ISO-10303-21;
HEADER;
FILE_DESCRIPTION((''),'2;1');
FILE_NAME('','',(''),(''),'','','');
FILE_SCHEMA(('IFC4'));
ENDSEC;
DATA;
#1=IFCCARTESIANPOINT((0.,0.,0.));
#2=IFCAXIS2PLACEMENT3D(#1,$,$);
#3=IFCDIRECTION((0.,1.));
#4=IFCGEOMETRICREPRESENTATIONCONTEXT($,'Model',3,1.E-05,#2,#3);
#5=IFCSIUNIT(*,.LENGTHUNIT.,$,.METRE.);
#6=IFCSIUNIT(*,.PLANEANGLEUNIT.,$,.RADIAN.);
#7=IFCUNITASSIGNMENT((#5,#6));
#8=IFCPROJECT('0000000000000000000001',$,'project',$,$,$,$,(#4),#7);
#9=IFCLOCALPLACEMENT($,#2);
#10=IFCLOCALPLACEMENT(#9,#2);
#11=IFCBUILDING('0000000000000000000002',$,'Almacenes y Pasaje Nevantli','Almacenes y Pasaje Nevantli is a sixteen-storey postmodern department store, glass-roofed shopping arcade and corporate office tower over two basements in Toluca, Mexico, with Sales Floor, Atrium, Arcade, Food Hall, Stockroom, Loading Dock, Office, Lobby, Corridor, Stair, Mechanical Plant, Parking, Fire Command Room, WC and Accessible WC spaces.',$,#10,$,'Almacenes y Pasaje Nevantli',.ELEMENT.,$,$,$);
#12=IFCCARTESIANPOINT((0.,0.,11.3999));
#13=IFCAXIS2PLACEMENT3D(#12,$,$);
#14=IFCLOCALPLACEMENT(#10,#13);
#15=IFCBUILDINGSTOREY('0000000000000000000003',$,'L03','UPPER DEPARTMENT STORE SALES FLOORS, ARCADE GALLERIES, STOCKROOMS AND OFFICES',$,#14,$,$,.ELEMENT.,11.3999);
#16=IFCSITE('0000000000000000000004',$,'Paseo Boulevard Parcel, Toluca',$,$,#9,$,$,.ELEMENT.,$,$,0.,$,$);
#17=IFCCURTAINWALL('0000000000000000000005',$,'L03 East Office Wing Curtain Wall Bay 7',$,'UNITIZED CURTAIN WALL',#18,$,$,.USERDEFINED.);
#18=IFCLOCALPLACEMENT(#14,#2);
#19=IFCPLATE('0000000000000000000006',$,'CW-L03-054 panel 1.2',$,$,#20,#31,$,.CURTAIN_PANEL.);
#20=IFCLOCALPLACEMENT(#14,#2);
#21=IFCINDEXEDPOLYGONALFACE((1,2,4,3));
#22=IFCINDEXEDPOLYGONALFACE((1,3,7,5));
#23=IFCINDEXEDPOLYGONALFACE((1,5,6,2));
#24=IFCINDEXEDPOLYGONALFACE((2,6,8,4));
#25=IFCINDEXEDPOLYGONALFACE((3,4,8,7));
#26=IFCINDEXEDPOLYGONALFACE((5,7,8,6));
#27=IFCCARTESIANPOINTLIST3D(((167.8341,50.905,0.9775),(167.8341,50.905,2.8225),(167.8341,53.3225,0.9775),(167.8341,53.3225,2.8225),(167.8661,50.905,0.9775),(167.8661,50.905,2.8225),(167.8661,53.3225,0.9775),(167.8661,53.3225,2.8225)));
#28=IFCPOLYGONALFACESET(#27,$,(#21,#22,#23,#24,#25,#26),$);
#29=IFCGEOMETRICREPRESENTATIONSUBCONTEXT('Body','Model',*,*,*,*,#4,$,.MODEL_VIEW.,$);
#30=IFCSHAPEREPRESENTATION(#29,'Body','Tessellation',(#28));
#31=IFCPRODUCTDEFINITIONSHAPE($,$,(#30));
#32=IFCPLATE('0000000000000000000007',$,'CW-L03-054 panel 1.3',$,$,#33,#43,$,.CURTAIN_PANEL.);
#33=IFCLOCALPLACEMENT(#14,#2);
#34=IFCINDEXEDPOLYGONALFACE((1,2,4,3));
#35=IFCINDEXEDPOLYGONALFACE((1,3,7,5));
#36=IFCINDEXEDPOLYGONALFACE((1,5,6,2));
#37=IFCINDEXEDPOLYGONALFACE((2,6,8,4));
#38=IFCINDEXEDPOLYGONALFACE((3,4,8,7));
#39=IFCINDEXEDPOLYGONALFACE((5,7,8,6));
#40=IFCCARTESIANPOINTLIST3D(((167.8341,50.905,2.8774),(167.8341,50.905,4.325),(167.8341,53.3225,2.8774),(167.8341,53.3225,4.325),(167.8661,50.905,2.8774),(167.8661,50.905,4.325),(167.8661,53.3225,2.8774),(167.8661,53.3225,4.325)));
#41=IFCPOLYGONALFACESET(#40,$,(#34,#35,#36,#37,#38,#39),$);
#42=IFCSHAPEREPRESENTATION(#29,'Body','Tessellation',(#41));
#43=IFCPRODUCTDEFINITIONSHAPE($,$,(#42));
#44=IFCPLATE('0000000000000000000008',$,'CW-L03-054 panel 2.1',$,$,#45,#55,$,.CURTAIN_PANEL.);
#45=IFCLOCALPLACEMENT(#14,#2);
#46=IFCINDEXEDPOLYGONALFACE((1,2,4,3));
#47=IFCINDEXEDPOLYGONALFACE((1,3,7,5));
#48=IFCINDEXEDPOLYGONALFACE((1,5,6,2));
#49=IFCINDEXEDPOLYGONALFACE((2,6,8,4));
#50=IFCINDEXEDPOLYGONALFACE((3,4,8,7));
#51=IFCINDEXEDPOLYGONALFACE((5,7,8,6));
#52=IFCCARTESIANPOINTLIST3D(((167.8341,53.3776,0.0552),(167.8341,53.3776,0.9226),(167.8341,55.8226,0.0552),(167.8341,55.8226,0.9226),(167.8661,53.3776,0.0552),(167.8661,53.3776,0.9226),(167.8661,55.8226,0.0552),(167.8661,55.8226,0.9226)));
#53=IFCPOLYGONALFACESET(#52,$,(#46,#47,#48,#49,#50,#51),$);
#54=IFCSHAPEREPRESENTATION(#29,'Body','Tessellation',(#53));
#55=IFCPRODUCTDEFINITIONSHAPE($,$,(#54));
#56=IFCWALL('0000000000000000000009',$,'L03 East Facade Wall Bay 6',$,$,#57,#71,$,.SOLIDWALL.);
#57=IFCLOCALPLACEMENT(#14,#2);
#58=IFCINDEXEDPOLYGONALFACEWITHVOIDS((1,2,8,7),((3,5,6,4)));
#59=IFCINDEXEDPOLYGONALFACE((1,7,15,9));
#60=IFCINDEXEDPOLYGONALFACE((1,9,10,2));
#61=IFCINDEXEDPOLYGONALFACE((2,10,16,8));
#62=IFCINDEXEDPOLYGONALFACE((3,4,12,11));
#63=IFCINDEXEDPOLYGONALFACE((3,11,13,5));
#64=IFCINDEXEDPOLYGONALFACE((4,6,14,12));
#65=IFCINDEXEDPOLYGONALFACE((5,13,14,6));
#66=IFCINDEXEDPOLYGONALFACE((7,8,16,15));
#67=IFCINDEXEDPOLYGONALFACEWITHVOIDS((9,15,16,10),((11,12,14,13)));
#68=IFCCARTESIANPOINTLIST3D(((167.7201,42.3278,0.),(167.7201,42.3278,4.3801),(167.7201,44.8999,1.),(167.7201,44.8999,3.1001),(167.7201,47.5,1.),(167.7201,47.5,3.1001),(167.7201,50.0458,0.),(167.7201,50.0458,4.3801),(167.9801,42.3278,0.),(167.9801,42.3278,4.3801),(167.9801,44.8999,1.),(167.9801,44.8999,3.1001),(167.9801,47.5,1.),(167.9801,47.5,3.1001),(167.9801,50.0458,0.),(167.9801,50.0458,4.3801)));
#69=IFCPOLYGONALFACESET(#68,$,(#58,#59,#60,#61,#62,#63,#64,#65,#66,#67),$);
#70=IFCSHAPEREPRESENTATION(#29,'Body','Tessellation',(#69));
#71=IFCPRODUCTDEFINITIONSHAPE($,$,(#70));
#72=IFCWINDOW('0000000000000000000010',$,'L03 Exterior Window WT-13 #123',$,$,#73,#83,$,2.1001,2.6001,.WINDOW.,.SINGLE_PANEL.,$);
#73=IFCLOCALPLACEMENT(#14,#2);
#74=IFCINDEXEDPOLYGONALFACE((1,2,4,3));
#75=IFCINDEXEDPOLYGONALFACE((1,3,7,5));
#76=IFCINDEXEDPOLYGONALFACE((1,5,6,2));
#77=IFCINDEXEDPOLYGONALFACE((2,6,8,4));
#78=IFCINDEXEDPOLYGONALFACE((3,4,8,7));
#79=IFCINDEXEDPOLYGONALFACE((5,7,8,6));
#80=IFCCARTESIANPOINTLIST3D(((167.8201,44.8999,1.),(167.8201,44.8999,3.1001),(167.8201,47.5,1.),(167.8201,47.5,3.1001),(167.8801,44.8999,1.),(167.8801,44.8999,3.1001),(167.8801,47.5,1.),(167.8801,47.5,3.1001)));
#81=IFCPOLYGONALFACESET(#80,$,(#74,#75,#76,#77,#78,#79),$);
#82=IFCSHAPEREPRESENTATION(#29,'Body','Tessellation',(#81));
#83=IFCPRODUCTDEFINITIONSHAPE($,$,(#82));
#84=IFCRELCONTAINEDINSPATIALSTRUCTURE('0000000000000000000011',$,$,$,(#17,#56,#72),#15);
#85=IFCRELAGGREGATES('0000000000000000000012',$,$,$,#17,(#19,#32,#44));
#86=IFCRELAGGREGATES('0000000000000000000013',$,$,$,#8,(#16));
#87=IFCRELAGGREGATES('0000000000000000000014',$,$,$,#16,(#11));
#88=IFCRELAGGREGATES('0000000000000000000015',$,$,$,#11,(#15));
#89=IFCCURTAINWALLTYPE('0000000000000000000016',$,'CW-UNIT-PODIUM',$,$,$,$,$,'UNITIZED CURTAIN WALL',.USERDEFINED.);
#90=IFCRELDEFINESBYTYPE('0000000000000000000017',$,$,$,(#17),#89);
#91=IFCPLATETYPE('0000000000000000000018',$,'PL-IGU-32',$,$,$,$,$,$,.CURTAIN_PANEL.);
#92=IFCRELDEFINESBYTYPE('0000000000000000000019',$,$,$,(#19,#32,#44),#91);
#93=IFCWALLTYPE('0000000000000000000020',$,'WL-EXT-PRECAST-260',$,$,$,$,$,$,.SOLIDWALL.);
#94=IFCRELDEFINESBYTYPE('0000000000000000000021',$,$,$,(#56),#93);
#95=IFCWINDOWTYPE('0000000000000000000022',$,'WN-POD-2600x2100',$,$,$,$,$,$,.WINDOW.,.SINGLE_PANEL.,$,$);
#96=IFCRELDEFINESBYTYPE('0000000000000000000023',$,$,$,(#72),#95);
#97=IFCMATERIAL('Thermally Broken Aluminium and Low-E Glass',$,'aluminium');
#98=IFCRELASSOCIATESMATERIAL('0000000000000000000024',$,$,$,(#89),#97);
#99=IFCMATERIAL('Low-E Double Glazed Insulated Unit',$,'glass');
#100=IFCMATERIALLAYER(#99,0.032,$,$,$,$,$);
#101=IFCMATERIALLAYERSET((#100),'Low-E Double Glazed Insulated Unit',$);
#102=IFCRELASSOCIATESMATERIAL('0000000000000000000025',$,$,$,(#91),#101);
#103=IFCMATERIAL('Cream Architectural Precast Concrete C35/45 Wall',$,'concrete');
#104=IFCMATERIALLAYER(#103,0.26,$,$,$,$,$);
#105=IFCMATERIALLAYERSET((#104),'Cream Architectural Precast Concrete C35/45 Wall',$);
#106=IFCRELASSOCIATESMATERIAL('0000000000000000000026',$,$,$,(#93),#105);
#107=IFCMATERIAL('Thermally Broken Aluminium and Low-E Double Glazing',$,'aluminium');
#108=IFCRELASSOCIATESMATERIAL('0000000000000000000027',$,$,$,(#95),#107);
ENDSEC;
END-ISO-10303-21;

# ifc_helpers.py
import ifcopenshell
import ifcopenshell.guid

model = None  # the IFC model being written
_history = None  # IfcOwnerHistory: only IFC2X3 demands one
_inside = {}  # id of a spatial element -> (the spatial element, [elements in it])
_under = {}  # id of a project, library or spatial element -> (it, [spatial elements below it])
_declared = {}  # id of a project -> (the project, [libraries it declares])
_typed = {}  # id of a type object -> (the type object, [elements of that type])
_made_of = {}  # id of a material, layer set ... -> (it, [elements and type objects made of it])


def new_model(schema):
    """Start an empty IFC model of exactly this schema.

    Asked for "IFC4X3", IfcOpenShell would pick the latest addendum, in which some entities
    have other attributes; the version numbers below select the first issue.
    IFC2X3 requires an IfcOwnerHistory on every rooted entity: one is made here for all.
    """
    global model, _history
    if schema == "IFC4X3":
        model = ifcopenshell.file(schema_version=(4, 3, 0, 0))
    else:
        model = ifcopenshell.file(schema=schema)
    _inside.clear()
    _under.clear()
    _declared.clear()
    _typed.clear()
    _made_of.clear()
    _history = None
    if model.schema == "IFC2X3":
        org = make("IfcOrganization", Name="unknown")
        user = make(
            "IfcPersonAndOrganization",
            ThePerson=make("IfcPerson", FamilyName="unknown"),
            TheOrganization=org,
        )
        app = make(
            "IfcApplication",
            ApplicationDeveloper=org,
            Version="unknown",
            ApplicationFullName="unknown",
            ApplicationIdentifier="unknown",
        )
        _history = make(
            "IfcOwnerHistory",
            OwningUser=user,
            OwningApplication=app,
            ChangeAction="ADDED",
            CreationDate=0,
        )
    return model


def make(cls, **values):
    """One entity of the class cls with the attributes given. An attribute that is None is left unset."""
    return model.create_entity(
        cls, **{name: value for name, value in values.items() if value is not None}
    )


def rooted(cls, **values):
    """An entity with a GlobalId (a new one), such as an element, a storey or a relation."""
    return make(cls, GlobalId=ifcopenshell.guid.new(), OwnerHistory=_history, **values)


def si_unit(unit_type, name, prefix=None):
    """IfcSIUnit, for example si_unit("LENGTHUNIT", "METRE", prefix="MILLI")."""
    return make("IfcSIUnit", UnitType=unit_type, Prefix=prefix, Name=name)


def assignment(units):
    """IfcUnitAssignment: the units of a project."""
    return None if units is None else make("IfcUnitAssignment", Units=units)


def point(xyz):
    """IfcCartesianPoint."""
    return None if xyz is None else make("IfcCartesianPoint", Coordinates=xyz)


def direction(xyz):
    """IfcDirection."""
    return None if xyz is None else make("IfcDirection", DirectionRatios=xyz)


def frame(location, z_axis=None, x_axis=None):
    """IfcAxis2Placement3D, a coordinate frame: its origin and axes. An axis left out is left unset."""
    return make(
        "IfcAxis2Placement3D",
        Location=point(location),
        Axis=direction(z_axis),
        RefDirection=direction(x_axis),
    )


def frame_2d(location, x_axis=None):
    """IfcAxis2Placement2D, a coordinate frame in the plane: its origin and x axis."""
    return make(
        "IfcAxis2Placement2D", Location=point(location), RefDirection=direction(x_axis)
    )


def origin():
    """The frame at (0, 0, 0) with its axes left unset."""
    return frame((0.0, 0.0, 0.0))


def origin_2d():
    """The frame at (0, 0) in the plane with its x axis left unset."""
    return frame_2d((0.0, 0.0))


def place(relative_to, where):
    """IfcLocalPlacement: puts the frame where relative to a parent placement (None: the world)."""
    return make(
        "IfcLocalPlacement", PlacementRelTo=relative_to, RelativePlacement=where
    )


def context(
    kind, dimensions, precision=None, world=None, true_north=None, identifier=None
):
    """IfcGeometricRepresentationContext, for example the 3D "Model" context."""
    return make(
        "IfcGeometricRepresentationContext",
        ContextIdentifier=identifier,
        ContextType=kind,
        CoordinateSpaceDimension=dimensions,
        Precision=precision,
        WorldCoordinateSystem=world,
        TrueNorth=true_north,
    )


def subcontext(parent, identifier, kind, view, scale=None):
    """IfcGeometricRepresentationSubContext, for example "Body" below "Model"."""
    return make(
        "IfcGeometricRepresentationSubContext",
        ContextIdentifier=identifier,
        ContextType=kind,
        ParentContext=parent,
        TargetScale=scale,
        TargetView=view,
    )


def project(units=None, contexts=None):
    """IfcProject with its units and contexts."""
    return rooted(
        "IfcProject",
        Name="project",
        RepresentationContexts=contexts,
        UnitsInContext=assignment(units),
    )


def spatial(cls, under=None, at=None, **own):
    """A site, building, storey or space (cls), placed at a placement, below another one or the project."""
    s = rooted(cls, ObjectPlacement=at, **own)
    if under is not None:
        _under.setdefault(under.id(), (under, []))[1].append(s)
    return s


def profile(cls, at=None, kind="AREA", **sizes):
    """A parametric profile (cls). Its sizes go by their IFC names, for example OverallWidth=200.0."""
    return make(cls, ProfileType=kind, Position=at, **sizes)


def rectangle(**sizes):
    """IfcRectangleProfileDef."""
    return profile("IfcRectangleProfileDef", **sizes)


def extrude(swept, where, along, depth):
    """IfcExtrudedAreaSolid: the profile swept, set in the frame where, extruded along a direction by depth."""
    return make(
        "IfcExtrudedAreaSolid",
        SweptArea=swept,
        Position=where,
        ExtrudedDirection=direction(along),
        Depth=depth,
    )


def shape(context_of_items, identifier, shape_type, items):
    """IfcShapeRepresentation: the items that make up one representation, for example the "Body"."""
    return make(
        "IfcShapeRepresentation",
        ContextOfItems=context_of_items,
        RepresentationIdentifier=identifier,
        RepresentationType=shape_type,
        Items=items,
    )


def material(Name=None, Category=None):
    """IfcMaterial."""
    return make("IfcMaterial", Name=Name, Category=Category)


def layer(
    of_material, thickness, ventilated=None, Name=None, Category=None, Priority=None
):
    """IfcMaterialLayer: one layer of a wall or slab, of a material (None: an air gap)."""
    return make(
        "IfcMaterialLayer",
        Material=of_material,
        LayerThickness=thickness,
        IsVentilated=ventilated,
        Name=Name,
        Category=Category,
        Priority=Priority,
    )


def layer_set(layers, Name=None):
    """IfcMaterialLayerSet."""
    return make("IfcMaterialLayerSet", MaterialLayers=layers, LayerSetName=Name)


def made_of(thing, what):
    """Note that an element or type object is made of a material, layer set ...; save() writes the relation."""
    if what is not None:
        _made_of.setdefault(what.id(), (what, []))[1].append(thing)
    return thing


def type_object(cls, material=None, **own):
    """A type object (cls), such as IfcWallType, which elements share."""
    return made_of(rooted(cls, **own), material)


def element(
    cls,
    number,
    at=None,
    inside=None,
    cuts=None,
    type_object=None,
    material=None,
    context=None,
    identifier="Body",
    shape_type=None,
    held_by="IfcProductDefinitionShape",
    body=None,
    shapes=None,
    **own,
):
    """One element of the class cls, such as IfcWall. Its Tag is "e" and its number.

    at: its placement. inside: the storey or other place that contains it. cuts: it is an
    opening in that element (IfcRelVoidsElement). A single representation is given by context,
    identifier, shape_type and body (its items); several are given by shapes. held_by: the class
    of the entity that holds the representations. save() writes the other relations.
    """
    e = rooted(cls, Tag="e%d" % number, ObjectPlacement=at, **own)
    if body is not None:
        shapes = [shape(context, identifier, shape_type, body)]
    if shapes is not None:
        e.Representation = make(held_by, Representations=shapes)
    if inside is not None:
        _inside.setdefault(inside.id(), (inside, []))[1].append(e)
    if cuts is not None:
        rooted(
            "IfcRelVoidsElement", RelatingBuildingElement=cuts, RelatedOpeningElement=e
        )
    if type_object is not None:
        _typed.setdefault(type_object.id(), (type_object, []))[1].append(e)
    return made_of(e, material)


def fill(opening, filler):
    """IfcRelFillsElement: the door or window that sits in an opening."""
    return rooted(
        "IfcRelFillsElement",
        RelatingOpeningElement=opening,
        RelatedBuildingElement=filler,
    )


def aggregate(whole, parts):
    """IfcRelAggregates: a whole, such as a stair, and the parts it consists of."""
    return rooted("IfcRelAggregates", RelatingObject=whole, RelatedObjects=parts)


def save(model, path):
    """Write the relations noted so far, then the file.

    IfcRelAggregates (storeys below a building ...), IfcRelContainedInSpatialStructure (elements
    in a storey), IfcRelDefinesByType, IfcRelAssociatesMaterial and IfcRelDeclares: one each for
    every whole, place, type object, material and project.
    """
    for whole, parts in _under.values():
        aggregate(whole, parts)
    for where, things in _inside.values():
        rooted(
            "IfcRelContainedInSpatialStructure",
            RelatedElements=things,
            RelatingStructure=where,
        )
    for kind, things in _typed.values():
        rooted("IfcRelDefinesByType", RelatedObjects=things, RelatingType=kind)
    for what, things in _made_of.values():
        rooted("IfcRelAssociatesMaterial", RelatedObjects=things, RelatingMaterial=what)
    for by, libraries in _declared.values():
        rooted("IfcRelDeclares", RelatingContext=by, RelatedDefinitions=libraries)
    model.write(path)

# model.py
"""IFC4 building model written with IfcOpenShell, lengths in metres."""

from ifc_helpers import new_model, si_unit, direction, frame, frame_2d, origin, origin_2d, place, context, subcontext, project, spatial, rectangle, extrude, material, layer, layer_set, type_object, element, fill, aggregate, save


model = new_model("IFC4")

# Units and contexts
model_context = context("Model", 3, precision=1e-05, world=origin(), true_north=direction((0.0, 1.0)))
body_context = subcontext(model_context, "Body", "Model", "MODEL_VIEW")
ifc_project = project(units=[si_unit("LENGTHUNIT", "METRE"), si_unit("PLANEANGLEUNIT", "RADIAN")], contexts=[model_context])

# Site, building, storey
site_placement = place(None, origin())
site = spatial("IfcSite", under=ifc_project, at=site_placement, Name="Paseo Boulevard Parcel, Toluca", CompositionType="ELEMENT", RefElevation=0.0)
building_placement = place(site_placement, origin())
building = spatial("IfcBuilding", under=site, at=building_placement, Name="Almacenes y Pasaje Nevantli", Description="Almacenes y Pasaje Nevantli is a sixteen-storey postmodern department store, glass-roofed shopping arcade and corporate office tower over two basements in Toluca, Mexico, with Sales Floor, Atrium, Arcade, Food Hall, Stockroom, Loading Dock, Office, Lobby, Corridor, Stair, Mechanical Plant, Parking, Fire Command Room, WC and Accessible WC spaces.", LongName="Almacenes y Pasaje Nevantli", CompositionType="ELEMENT")
storey_placement = place(building_placement, frame((0.0, 0.0, 11.3999)))
storey = spatial("IfcBuildingStorey", under=building, at=storey_placement, Name="L03", Description="UPPER DEPARTMENT STORE SALES FLOORS, ARCADE GALLERIES, STOCKROOMS AND OFFICES", CompositionType="ELEMENT", Elevation=11.3999)

# Curtain wall, plates
ifc_material_1 = material(Name="Thermally Broken Aluminium and Low-E Glass", Category="aluminium")
curtain_wall_type = type_object("IfcCurtainWallType", Name="CW-UNIT-PODIUM", ElementType="UNITIZED CURTAIN WALL", PredefinedType="USERDEFINED", material=ifc_material_1)
curtain_wall_placement = place(storey_placement, origin())
curtain_wall = element("IfcCurtainWall", 1, at=curtain_wall_placement, inside=storey, type_object=curtain_wall_type, Name="L03 East Office Wing Curtain Wall Bay 7", ObjectType="UNITIZED CURTAIN WALL", PredefinedType="USERDEFINED")
ifc_material_2 = material(Name="Low-E Double Glazed Insulated Unit", Category="glass")
ifc_layer_1 = layer(ifc_material_2, 0.032)
ifc_layer_set_1 = layer_set([ifc_layer_1], Name="Low-E Double Glazed Insulated Unit")
plate_type = type_object("IfcPlateType", Name="PL-IGU-32", PredefinedType="CURTAIN_PANEL", material=ifc_layer_set_1)
plate_1_placement = place(storey_placement, frame((167.8501, 52.1138, 0.9775), z_axis=(0.0, 0.0, 1.0), x_axis=(0.0, 1.0, 0.0)))
plate_1 = element("IfcPlate", 2, at=plate_1_placement, type_object=plate_type, Name="CW-L03-054 panel 1.2", PredefinedType="CURTAIN_PANEL", context=body_context, shape_type="SweptSolid", body=[
    extrude(rectangle(XDim=2.4175, YDim=0.032, at=origin_2d()), origin(), (0.0, 0.0, 1.0), 1.845),
])
plate_2_placement = place(storey_placement, frame((167.8501, 52.1138, 2.8774), z_axis=(0.0, 0.0, 1.0), x_axis=(0.0, 1.0, 0.0)))
plate_2 = element("IfcPlate", 3, at=plate_2_placement, type_object=plate_type, Name="CW-L03-054 panel 1.3", PredefinedType="CURTAIN_PANEL", context=body_context, shape_type="SweptSolid", body=[
    extrude(rectangle(XDim=2.4175, YDim=0.032, at=origin_2d()), origin(), (0.0, 0.0, 1.0), 1.4475),
])
plate_3_placement = place(storey_placement, frame((167.8501, 54.6001, 0.0552), z_axis=(0.0, 0.0, 1.0), x_axis=(0.0, 1.0, 0.0)))
plate_3 = element("IfcPlate", 4, at=plate_3_placement, type_object=plate_type, Name="CW-L03-054 panel 2.1", PredefinedType="CURTAIN_PANEL", context=body_context, shape_type="SweptSolid", body=[
    extrude(rectangle(XDim=2.4451, YDim=0.032, at=origin_2d()), origin(), (0.0, 0.0, 1.0), 0.8674),
])
aggregate(curtain_wall, [plate_1, plate_2, plate_3])

# Wall, opening, window
ifc_material_3 = material(Name="Cream Architectural Precast Concrete C35/45 Wall", Category="concrete")
ifc_layer_2 = layer(ifc_material_3, 0.26)
ifc_layer_set_2 = layer_set([ifc_layer_2], Name="Cream Architectural Precast Concrete C35/45 Wall")
wall_type = type_object("IfcWallType", Name="WL-EXT-PRECAST-260", PredefinedType="SOLIDWALL", material=ifc_layer_set_2)
wall_placement = place(storey_placement, frame((167.8501, 42.3279, 0.0), z_axis=(0.0, 0.0, 1.0), x_axis=(0.0, 1.0, 0.0)))
wall = element("IfcWall", 5, at=wall_placement, inside=storey, type_object=wall_type, Name="L03 East Facade Wall Bay 6", PredefinedType="SOLIDWALL", context=body_context, shape_type="SweptSolid", body=[
    extrude(rectangle(XDim=7.718, YDim=0.26, at=frame_2d((3.8589, 0.0))), origin(), (0.0, 0.0, 1.0), 4.3801),
])
opening_placement = place(wall_placement, frame((2.572, 0.0, 1.0)))
opening = element("IfcOpeningElement", 6, at=opening_placement, cuts=wall, PredefinedType="OPENING", context=body_context, shape_type="SweptSolid", body=[
    extrude(rectangle(XDim=2.6001, YDim=2.1001, at=frame_2d((1.3, 1.05))), frame((0.0, 0.1399, 0.0), z_axis=(0.0, -1.0, 0.0), x_axis=(1.0, 0.0, 0.0)), (0.0, 0.0, 1.0), 0.28),
])
ifc_material_4 = material(Name="Thermally Broken Aluminium and Low-E Double Glazing", Category="aluminium")
window_type = type_object("IfcWindowType", Name="WN-POD-2600x2100", PartitioningType="SINGLE_PANEL", PredefinedType="WINDOW", material=ifc_material_4)
window_placement = place(opening_placement, origin())
window = element("IfcWindow", 7, at=window_placement, inside=storey, type_object=window_type, Name="L03 Exterior Window WT-13 #123", OverallHeight=2.1001, OverallWidth=2.6001, PartitioningType="SINGLE_PANEL", PredefinedType="WINDOW", context=body_context, shape_type="SweptSolid", body=[
    extrude(rectangle(XDim=2.6001, YDim=2.1001, at=frame_2d((1.3, 1.05))), frame((0.0, 0.03, 0.0), z_axis=(0.0, -1.0, 0.0), x_axis=(1.0, 0.0, 0.0)), (0.0, 0.0, 1.0), 0.0601),
])
fill(opening, window)

save(model, "model.ifc")
